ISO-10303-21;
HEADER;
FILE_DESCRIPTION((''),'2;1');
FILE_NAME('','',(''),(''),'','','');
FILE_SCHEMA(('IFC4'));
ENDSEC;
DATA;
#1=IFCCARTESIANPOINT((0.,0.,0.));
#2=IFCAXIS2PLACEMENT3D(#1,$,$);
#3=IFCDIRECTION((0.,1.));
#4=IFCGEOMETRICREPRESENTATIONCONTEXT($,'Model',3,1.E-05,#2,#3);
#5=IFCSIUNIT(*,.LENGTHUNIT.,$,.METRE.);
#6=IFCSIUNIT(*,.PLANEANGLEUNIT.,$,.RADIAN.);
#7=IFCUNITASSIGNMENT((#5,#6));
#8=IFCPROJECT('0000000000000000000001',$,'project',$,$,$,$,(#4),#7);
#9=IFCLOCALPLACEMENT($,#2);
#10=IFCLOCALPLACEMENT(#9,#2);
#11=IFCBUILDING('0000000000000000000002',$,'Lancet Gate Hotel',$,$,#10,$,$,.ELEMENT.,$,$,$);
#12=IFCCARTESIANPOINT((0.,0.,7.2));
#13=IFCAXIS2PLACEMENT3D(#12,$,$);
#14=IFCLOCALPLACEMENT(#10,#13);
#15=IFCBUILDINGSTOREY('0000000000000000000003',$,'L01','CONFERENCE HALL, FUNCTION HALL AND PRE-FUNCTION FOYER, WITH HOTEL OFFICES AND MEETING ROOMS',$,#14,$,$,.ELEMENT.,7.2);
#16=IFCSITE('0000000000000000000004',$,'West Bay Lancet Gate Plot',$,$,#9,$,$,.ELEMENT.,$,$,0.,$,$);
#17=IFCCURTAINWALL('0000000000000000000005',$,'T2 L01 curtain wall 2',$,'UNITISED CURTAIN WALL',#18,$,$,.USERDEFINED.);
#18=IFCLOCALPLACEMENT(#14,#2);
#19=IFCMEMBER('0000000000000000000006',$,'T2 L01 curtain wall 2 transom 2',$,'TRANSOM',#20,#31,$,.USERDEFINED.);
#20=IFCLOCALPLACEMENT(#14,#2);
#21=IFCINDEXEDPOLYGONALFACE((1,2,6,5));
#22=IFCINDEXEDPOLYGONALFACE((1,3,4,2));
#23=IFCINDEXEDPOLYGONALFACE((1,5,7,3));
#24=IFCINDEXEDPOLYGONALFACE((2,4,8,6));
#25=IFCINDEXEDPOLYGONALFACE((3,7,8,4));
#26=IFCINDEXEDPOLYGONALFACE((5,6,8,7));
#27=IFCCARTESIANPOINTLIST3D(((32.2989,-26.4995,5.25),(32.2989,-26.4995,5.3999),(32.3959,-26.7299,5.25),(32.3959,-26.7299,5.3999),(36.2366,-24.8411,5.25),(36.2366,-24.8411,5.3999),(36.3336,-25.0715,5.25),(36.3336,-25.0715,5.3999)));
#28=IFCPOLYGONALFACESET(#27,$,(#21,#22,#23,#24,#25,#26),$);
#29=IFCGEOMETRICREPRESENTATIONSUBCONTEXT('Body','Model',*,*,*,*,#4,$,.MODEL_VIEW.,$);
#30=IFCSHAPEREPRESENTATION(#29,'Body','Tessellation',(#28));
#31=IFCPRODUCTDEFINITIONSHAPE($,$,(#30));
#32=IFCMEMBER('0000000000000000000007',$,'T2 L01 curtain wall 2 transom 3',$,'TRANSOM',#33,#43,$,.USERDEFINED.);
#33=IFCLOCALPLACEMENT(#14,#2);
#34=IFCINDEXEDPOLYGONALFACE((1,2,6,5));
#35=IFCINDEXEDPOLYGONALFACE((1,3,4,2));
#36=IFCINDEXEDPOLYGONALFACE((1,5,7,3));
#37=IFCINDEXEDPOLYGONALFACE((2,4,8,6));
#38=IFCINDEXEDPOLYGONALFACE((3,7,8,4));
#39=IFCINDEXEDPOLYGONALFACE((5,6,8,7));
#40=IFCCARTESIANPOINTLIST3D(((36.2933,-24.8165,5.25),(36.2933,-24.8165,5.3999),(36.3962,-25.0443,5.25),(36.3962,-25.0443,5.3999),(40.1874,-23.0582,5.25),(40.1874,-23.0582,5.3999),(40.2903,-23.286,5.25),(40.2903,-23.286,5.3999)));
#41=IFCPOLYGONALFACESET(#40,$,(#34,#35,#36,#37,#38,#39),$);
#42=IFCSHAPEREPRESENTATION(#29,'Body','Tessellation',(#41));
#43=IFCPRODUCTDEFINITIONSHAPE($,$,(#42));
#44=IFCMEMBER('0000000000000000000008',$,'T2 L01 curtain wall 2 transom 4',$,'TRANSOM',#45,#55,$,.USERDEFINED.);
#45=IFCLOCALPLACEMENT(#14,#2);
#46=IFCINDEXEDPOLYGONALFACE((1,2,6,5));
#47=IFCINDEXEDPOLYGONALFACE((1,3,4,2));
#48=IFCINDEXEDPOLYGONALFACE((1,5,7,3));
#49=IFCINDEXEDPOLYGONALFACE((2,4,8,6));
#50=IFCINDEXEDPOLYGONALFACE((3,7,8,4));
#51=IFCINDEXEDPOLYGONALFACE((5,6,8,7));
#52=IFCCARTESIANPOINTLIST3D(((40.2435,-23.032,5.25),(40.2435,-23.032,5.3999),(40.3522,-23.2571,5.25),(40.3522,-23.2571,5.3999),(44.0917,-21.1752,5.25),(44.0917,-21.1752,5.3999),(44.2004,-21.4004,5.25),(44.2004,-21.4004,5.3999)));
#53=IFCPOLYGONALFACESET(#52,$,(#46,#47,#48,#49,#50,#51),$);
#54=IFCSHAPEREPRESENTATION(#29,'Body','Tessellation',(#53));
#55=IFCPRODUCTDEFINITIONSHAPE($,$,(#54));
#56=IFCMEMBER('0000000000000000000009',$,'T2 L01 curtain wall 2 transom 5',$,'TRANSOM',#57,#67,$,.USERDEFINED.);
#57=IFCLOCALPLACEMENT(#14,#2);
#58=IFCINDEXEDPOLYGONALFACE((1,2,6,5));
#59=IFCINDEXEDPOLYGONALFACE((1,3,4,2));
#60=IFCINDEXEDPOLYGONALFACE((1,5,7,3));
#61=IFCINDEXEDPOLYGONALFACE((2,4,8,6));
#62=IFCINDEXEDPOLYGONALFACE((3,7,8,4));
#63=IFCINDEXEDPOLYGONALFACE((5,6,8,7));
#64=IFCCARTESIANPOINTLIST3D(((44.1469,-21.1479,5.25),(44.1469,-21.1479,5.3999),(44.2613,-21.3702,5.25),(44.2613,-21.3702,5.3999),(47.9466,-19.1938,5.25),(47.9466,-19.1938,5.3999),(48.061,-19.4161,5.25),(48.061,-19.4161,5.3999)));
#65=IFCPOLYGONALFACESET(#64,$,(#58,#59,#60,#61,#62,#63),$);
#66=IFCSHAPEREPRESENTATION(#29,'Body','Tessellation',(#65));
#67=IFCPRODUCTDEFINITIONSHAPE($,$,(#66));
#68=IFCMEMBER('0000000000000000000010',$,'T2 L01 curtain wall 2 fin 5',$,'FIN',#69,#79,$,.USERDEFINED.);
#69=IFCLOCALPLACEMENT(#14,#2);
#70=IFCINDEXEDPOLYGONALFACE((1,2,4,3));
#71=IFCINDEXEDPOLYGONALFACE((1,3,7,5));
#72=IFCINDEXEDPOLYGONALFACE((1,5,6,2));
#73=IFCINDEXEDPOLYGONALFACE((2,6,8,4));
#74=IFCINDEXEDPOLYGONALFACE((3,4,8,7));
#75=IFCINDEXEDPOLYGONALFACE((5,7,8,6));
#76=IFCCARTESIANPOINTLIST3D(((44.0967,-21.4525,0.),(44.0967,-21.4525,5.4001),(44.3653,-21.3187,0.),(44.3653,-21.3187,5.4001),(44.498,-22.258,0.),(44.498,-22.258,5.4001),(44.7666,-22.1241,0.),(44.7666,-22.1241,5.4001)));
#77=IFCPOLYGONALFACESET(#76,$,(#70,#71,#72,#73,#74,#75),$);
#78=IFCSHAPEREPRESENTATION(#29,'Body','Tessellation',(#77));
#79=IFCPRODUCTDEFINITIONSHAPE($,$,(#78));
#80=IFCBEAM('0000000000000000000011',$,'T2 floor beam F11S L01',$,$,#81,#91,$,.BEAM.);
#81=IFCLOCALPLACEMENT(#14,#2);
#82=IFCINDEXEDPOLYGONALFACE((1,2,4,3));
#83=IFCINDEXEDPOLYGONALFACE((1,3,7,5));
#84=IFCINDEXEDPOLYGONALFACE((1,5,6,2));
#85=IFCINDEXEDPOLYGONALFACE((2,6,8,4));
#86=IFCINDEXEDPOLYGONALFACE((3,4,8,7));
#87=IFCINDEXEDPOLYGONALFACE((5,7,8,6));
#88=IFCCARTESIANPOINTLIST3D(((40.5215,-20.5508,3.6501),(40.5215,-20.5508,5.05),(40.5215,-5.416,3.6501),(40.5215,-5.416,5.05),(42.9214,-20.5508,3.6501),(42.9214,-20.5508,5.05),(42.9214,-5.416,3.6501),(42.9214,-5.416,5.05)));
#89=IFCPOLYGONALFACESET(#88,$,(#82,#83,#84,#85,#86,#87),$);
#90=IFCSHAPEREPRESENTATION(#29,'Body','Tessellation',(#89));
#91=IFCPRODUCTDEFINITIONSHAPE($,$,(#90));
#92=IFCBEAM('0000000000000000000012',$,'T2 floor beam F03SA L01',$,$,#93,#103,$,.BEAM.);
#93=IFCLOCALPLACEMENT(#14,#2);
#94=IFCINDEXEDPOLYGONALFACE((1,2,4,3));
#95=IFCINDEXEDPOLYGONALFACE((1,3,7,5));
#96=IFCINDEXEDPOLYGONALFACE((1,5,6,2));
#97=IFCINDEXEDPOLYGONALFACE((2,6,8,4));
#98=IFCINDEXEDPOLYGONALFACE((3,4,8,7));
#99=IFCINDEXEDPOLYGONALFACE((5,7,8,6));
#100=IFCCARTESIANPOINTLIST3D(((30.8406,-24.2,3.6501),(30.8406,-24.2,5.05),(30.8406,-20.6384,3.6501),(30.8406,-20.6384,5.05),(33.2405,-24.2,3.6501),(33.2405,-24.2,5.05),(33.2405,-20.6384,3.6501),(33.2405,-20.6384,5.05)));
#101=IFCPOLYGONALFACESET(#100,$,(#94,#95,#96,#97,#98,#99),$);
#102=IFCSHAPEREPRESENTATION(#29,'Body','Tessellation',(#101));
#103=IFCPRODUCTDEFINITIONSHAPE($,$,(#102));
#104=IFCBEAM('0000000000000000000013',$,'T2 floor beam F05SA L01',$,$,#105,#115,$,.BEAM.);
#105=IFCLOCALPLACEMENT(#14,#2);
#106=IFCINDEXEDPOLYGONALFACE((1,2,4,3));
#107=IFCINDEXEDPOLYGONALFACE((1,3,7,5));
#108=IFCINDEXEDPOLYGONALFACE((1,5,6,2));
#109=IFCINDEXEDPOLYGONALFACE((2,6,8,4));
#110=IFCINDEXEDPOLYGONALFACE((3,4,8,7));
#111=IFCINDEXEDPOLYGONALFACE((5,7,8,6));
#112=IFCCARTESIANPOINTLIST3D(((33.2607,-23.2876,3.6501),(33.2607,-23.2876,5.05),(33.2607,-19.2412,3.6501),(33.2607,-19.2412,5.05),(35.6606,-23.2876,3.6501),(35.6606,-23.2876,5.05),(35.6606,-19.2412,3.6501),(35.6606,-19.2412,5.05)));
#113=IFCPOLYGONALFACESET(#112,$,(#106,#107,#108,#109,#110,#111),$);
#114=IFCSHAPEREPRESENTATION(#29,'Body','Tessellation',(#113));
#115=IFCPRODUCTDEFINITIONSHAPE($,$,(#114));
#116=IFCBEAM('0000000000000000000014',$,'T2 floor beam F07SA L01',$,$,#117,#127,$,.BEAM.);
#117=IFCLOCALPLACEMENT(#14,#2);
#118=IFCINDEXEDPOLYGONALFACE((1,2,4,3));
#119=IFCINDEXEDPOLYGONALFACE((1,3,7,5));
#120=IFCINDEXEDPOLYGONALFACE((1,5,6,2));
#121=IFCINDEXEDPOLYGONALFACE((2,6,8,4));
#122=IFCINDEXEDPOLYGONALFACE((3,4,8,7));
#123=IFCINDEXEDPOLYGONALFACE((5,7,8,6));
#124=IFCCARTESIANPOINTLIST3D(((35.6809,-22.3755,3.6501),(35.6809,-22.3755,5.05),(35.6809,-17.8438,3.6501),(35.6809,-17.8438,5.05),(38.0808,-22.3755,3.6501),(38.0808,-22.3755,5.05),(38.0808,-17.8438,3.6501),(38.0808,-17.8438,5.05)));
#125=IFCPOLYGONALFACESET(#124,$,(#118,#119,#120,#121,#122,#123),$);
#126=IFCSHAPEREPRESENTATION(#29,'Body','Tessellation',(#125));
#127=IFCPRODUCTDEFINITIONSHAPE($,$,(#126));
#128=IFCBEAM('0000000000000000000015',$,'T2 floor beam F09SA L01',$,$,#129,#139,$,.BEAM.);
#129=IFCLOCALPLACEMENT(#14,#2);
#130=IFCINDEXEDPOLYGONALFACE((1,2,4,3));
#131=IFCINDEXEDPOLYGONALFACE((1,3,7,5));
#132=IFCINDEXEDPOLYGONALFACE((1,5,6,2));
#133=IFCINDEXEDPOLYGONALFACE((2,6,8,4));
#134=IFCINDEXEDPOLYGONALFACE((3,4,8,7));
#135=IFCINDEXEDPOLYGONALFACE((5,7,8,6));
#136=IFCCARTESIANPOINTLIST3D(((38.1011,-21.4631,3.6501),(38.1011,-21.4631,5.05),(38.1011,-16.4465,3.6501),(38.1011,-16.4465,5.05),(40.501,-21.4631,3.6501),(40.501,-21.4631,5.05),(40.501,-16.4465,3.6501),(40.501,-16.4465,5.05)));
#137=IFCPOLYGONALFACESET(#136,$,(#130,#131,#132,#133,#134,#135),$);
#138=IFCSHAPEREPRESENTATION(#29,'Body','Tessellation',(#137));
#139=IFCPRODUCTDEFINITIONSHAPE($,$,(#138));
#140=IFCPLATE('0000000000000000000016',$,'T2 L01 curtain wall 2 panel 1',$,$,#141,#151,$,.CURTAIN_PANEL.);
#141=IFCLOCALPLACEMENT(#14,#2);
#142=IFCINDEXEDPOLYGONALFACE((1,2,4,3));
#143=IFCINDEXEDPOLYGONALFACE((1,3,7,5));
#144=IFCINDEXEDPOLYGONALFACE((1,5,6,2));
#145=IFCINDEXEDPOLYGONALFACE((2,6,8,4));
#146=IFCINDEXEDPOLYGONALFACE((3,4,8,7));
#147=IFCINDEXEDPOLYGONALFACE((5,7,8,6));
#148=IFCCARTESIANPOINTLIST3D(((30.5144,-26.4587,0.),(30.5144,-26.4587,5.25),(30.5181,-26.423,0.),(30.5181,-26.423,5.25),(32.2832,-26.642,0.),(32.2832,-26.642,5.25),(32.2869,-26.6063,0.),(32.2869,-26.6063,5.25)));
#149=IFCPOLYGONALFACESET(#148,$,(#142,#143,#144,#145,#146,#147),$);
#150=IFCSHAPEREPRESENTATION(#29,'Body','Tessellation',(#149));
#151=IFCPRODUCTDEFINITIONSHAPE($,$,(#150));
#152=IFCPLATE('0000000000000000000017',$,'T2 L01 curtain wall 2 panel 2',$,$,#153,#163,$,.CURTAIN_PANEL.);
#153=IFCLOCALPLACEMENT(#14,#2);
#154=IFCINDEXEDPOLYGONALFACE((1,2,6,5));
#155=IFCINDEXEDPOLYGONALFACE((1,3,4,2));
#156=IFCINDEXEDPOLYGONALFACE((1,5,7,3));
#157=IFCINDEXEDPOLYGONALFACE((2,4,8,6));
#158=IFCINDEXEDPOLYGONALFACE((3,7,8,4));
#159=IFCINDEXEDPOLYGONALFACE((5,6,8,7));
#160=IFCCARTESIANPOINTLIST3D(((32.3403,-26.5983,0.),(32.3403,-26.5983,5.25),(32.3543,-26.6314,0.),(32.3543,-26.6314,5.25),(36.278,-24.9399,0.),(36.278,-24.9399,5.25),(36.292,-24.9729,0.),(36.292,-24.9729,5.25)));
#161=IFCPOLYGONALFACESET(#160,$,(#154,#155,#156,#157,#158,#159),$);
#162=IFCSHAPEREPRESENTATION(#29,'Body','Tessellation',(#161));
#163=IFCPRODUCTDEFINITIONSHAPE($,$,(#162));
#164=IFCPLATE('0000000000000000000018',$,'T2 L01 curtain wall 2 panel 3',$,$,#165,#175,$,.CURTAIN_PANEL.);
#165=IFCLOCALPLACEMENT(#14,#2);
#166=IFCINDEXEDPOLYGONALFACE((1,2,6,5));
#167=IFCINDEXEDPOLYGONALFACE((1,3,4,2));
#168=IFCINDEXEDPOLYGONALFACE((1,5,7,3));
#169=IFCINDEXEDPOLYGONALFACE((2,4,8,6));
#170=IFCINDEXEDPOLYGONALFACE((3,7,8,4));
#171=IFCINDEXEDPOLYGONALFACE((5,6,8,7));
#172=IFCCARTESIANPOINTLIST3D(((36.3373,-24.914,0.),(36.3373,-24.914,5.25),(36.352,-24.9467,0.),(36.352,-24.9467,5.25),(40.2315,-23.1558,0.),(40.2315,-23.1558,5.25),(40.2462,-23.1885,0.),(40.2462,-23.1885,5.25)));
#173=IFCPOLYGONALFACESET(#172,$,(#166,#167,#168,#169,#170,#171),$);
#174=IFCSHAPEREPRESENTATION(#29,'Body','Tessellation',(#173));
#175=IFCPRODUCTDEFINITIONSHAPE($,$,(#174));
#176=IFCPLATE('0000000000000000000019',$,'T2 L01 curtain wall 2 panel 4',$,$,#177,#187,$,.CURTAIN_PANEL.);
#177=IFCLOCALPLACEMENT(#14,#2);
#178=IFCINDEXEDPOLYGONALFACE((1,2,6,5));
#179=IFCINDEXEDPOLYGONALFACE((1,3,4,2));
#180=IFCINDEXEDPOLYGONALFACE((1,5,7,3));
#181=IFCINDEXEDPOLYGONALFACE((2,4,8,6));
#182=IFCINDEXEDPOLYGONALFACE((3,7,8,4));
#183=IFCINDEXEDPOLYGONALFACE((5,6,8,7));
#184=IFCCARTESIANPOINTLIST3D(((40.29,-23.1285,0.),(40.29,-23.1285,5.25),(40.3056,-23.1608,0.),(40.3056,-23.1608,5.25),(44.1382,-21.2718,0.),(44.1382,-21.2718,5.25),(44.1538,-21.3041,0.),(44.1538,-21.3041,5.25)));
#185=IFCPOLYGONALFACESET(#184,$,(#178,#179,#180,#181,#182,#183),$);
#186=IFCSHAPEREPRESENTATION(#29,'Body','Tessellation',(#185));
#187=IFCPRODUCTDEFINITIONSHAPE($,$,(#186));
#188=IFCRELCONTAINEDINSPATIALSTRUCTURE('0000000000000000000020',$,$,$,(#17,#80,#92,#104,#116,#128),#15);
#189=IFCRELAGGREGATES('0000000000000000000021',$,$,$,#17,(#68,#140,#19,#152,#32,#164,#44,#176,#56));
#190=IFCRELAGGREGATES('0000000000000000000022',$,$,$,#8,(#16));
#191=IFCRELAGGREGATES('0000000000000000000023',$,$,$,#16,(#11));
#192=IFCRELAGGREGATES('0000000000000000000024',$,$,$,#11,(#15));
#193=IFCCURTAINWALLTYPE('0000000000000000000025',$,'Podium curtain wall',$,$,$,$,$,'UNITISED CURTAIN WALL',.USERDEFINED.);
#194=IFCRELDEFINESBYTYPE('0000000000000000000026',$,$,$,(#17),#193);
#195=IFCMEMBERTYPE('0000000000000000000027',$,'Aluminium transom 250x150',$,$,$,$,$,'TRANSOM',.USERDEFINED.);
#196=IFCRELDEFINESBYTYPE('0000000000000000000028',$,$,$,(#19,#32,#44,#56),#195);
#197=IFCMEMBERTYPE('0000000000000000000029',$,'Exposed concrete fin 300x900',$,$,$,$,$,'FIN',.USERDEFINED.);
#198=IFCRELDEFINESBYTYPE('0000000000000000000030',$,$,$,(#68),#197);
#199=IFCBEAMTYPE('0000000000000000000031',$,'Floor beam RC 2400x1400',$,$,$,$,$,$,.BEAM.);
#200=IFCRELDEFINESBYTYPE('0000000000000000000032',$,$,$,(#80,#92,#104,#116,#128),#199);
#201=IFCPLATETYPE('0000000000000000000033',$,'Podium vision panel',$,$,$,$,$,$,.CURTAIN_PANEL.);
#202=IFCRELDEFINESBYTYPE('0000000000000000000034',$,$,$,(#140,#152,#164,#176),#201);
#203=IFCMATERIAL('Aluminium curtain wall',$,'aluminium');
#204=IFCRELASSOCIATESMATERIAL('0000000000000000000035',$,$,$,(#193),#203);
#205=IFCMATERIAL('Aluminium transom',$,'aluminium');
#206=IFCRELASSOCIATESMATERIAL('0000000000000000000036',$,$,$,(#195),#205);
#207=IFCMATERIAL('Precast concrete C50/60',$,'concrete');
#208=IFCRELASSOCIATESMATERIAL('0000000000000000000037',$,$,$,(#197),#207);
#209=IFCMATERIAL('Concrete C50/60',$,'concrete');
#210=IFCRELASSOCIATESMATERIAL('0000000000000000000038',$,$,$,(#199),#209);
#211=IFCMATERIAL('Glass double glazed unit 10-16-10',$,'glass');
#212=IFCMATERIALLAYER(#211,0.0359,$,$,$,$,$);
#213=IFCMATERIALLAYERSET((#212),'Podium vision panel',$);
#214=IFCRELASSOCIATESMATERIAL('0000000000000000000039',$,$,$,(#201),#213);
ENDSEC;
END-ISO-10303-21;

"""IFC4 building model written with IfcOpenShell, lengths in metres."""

from ifc_helpers import new_model, si_unit, direction, frame, origin, origin_2d, place, context, subcontext, project, spatial, rectangle, extrude, material, layer, layer_set, material_profile, profile_set, type_object, element, aggregate, save


model = new_model("IFC4")

# Units and contexts
model_context = context("Model", 3, precision=1e-05, world=origin(), true_north=direction((0.0, 1.0)))
body_context = subcontext(model_context, "Body", "Model", "MODEL_VIEW")
ifc_project = project(units=[si_unit("LENGTHUNIT", "METRE"), si_unit("PLANEANGLEUNIT", "RADIAN")], contexts=[model_context])

# Site, building, storey
site_placement = place(None, origin())
site = spatial("IfcSite", under=ifc_project, at=site_placement, Name="West Bay Lancet Gate Plot", CompositionType="ELEMENT", RefElevation=0.0)
building_placement = place(site_placement, origin())
building = spatial("IfcBuilding", under=site, at=building_placement, Name="Lancet Gate Hotel", CompositionType="ELEMENT")
storey_placement = place(building_placement, frame((0.0, 0.0, 7.2)))
storey = spatial("IfcBuildingStorey", under=building, at=storey_placement, Name="L01", Description="CONFERENCE HALL, FUNCTION HALL AND PRE-FUNCTION FOYER, WITH HOTEL OFFICES AND MEETING ROOMS", CompositionType="ELEMENT", Elevation=7.2)

# Curtain wall, members
ifc_material_1 = material(Name="Aluminium curtain wall", Category="aluminium")
curtain_wall_type = type_object("IfcCurtainWallType", Name="Podium curtain wall", ElementType="UNITISED CURTAIN WALL", PredefinedType="USERDEFINED", material=ifc_material_1)
curtain_wall_placement = place(storey_placement, origin())
curtain_wall = element("IfcCurtainWall", 1, at=curtain_wall_placement, inside=storey, type_object=curtain_wall_type, Name="T2 L01 curtain wall 2", ObjectType="UNITISED CURTAIN WALL", PredefinedType="USERDEFINED")
ifc_material_2 = material(Name="Aluminium transom", Category="aluminium")
ifc_material_profile_1 = material_profile(ifc_material_2, rectangle(XDim=0.25, YDim=0.1499, at=origin_2d()), Name="TRANSOM 250x150")
ifc_profile_set_1 = profile_set([ifc_material_profile_1], Name="Aluminium transom")
member_type_1 = type_object("IfcMemberType", Name="Aluminium transom 250x150", ElementType="TRANSOM", PredefinedType="USERDEFINED", material=ifc_profile_set_1)
member_1_placement = place(storey_placement, frame((32.3474, -26.6147, 5.325), z_axis=(0.921598, 0.388146, 0.0), x_axis=(-0.388146, 0.921598, 0.0)))
member_1 = element("IfcMember", 2, at=member_1_placement, type_object=member_type_1, Name="T2 L01 curtain wall 2 transom 2", ObjectType="TRANSOM", PredefinedType="USERDEFINED", context=body_context, shape_type="SweptSolid", body=[
    extrude(rectangle(XDim=0.25, YDim=0.1499, at=origin_2d()), origin(), (0.0, 0.0, 1.0), 4.2727),
])
member_2_placement = place(storey_placement, frame((36.3447, -24.9304, 5.325), z_axis=(0.911397, 0.411529, 0.0), x_axis=(-0.411529, 0.911397, 0.0)))
member_2 = element("IfcMember", 3, at=member_2_placement, type_object=member_type_1, Name="T2 L01 curtain wall 2 transom 3", ObjectType="TRANSOM", PredefinedType="USERDEFINED", context=body_context, shape_type="SweptSolid", body=[
    extrude(rectangle(XDim=0.25, YDim=0.1499, at=origin_2d()), origin(), (0.0, 0.0, 1.0), 4.2727),
])
member_3_placement = place(storey_placement, frame((40.2979, -23.1445, 5.325), z_axis=(0.900646, 0.434553, 0.0), x_axis=(-0.434553, 0.900646, 0.0)))
member_3 = element("IfcMember", 4, at=member_3_placement, type_object=member_type_1, Name="T2 L01 curtain wall 2 transom 4", ObjectType="TRANSOM", PredefinedType="USERDEFINED", context=body_context, shape_type="SweptSolid", body=[
    extrude(rectangle(XDim=0.25, YDim=0.1499, at=origin_2d()), origin(), (0.0, 0.0, 1.0), 4.2727),
])
member_4_placement = place(storey_placement, frame((44.2041, -21.259, 5.325), z_axis=(0.889296, 0.457333, 0.0), x_axis=(-0.457333, 0.889296, 0.0)))
member_4 = element("IfcMember", 5, at=member_4_placement, type_object=member_type_1, Name="T2 L01 curtain wall 2 transom 5", ObjectType="TRANSOM", PredefinedType="USERDEFINED", context=body_context, shape_type="SweptSolid", body=[
    extrude(rectangle(XDim=0.25, YDim=0.1499, at=origin_2d()), origin(), (0.0, 0.0, 1.0), 4.2727),
])
ifc_material_3 = material(Name="Precast concrete C50/60", Category="concrete")
ifc_material_profile_2 = material_profile(ifc_material_3, rectangle(XDim=0.3, YDim=0.8999, at=origin_2d()), Name="FIN 300x900")
ifc_profile_set_2 = profile_set([ifc_material_profile_2], Name="Precast concrete C50/60")
member_type_2 = type_object("IfcMemberType", Name="Exposed concrete fin 300x900", ElementType="FIN", PredefinedType="USERDEFINED", material=ifc_profile_set_2)
member_5_placement = place(storey_placement, frame((44.4316, -21.7883, 0.0), z_axis=(0.0, 0.0, 1.0), x_axis=(0.895044, 0.445978, 0.0)))
member_5 = element("IfcMember", 6, at=member_5_placement, type_object=member_type_2, Name="T2 L01 curtain wall 2 fin 5", ObjectType="FIN", PredefinedType="USERDEFINED", context=body_context, shape_type="SweptSolid", body=[
    extrude(rectangle(XDim=0.3, YDim=0.8999, at=origin_2d()), origin(), (0.0, 0.0, 1.0), 5.4001),
])

# Beams
ifc_material_4 = material(Name="Concrete C50/60", Category="concrete")
ifc_material_profile_3 = material_profile(ifc_material_4, rectangle(XDim=2.3999, YDim=1.3999, at=origin_2d()), Name="RC 2400x1400")
ifc_profile_set_3 = profile_set([ifc_material_profile_3], Name="Concrete C50/60")
beam_type = type_object("IfcBeamType", Name="Floor beam RC 2400x1400", PredefinedType="BEAM", material=ifc_profile_set_3)
beam_1_placement = place(storey_placement, frame((41.7214, -20.5508, 4.3501), z_axis=(0.0, 1.0, 0.0), x_axis=(-1.0, 0.0, 0.0)))
element("IfcBeam", 7, at=beam_1_placement, inside=storey, type_object=beam_type, Name="T2 floor beam F11S L01", PredefinedType="BEAM", context=body_context, shape_type="SweptSolid", body=[
    extrude(rectangle(XDim=2.3999, YDim=1.3999, at=origin_2d()), origin(), (0.0, 0.0, 1.0), 15.1348),
])
beam_2_placement = place(storey_placement, frame((32.0405, -24.2, 4.3501), z_axis=(0.0, 1.0, 0.0), x_axis=(-1.0, 0.0, 0.0)))
element("IfcBeam", 8, at=beam_2_placement, inside=storey, type_object=beam_type, Name="T2 floor beam F03SA L01", PredefinedType="BEAM", context=body_context, shape_type="SweptSolid", body=[
    extrude(rectangle(XDim=2.3999, YDim=1.3999, at=origin_2d()), origin(), (0.0, 0.0, 1.0), 3.5615),
])
beam_3_placement = place(storey_placement, frame((34.4607, -23.2876, 4.3501), z_axis=(0.0, 1.0, 0.0), x_axis=(-1.0, 0.0, 0.0)))
element("IfcBeam", 9, at=beam_3_placement, inside=storey, type_object=beam_type, Name="T2 floor beam F05SA L01", PredefinedType="BEAM", context=body_context, shape_type="SweptSolid", body=[
    extrude(rectangle(XDim=2.3999, YDim=1.3999, at=origin_2d()), origin(), (0.0, 0.0, 1.0), 4.0464),
])
beam_4_placement = place(storey_placement, frame((36.8809, -22.3755, 4.3501), z_axis=(0.0, 1.0, 0.0), x_axis=(-1.0, 0.0, 0.0)))
element("IfcBeam", 10, at=beam_4_placement, inside=storey, type_object=beam_type, Name="T2 floor beam F07SA L01", PredefinedType="BEAM", context=body_context, shape_type="SweptSolid", body=[
    extrude(rectangle(XDim=2.3999, YDim=1.3999, at=origin_2d()), origin(), (0.0, 0.0, 1.0), 4.5317),
])
beam_5_placement = place(storey_placement, frame((39.301, -21.4631, 4.3501), z_axis=(0.0, 1.0, 0.0), x_axis=(-1.0, 0.0, 0.0)))
element("IfcBeam", 11, at=beam_5_placement, inside=storey, type_object=beam_type, Name="T2 floor beam F09SA L01", PredefinedType="BEAM", context=body_context, shape_type="SweptSolid", body=[
    extrude(rectangle(XDim=2.3999, YDim=1.3999, at=origin_2d()), origin(), (0.0, 0.0, 1.0), 5.0166),
])

# Plates
ifc_material_5 = material(Name="Glass double glazed unit 10-16-10", Category="glass")
ifc_layer = layer(ifc_material_5, 0.0359)
ifc_layer_set = layer_set([ifc_layer], Name="Podium vision panel")
plate_type = type_object("IfcPlateType", Name="Podium vision panel", PredefinedType="CURTAIN_PANEL", material=ifc_layer_set)
plate_1_placement = place(storey_placement, frame((31.4006, -26.5325, 0.0), z_axis=(0.0, 0.0, 1.0), x_axis=(0.994672, -0.103088, 0.0)))
plate_1 = element("IfcPlate", 12, at=plate_1_placement, type_object=plate_type, Name="T2 L01 curtain wall 2 panel 1", PredefinedType="CURTAIN_PANEL", context=body_context, shape_type="SweptSolid", body=[
    extrude(rectangle(XDim=1.7783, YDim=0.0359, at=origin_2d()), origin(), (0.0, 0.0, 1.0), 5.25),
])
plate_2_placement = place(storey_placement, frame((34.3162, -25.7856, 0.0), z_axis=(0.0, 0.0, 1.0), x_axis=(0.921593, 0.388157, 0.0)))
plate_2 = element("IfcPlate", 13, at=plate_2_placement, type_object=plate_type, Name="T2 L01 curtain wall 2 panel 2", PredefinedType="CURTAIN_PANEL", context=body_context, shape_type="SweptSolid", body=[
    extrude(rectangle(XDim=4.2727, YDim=0.0359, at=origin_2d()), origin(), (0.0, 0.0, 1.0), 5.25),
])
plate_3_placement = place(storey_placement, frame((38.2917, -24.0513, 0.0), z_axis=(0.0, 0.0, 1.0), x_axis=(0.911416, 0.411487, 0.0)))
plate_3 = element("IfcPlate", 14, at=plate_3_placement, type_object=plate_type, Name="T2 L01 curtain wall 2 panel 3", PredefinedType="CURTAIN_PANEL", context=body_context, shape_type="SweptSolid", body=[
    extrude(rectangle(XDim=4.2727, YDim=0.0359, at=origin_2d()), origin(), (0.0, 0.0, 1.0), 5.25),
])
plate_4_placement = place(storey_placement, frame((42.2219, -22.2163, 0.0), z_axis=(0.0, 0.0, 1.0), x_axis=(0.900647, 0.43455, 0.0)))
plate_4 = element("IfcPlate", 15, at=plate_4_placement, type_object=plate_type, Name="T2 L01 curtain wall 2 panel 4", PredefinedType="CURTAIN_PANEL", context=body_context, shape_type="SweptSolid", body=[
    extrude(rectangle(XDim=4.2727, YDim=0.0359, at=origin_2d()), origin(), (0.0, 0.0, 1.0), 5.25),
])
aggregate(curtain_wall, [member_5, plate_1, member_1, plate_2, member_2, plate_3, member_3, plate_4, member_4])

save(model, "model.ifc")
